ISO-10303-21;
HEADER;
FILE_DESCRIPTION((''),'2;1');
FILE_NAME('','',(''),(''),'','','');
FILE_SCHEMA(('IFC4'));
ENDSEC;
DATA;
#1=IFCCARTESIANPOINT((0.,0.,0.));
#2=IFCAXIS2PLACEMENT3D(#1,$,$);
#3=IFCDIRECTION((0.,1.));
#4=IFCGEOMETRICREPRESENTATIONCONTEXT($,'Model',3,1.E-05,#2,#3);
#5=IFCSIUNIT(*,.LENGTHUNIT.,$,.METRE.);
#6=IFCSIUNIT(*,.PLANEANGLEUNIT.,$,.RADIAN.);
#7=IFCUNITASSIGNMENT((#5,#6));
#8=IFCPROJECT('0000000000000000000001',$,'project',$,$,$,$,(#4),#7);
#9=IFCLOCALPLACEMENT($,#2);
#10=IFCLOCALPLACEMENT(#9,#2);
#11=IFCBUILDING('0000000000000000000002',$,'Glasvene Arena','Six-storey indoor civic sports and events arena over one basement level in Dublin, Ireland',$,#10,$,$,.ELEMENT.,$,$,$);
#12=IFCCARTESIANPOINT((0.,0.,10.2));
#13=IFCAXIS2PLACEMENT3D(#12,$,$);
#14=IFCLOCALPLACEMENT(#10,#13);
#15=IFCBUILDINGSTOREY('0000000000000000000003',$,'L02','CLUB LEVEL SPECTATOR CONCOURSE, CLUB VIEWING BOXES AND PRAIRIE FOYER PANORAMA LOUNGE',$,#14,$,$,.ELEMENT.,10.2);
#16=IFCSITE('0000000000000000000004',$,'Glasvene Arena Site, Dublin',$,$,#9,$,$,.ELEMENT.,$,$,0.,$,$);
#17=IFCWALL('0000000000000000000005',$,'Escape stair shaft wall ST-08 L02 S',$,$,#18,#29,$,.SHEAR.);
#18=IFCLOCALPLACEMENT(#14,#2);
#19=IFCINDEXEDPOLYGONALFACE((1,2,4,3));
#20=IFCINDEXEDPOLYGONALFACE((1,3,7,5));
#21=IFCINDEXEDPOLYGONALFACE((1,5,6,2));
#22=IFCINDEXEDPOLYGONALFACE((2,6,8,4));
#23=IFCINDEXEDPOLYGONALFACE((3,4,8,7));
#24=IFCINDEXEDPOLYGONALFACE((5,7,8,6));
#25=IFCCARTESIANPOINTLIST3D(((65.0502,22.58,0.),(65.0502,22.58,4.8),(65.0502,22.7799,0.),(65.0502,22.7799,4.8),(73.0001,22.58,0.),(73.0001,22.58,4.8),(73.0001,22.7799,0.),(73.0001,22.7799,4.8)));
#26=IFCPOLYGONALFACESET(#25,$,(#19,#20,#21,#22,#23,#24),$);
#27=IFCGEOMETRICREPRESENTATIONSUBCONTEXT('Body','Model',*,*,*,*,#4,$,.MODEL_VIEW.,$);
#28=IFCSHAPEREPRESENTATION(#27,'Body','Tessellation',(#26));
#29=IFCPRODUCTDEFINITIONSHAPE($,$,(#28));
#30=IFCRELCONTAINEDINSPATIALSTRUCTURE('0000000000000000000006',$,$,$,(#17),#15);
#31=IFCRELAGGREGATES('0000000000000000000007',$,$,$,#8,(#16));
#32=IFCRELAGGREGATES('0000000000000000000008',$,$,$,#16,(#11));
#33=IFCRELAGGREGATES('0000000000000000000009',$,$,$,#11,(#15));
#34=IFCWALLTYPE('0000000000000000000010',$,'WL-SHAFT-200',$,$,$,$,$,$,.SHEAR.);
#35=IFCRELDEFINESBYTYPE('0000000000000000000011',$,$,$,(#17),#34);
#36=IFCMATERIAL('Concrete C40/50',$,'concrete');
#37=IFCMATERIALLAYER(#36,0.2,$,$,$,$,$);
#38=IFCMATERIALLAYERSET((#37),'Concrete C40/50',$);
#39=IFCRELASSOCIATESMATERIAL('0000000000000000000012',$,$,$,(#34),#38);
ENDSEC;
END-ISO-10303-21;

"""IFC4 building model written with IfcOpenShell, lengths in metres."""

from ifc_helpers import new_model, si_unit, direction, frame, frame_2d, origin, place, context, subcontext, project, spatial, rectangle, extrude, material, layer, layer_set, type_object, element, save


model = new_model("IFC4")

# Units and contexts
model_context = context("Model", 3, precision=1e-05, world=origin(), true_north=direction((0.0, 1.0)))
body_context = subcontext(model_context, "Body", "Model", "MODEL_VIEW")
ifc_project = project(units=[si_unit("LENGTHUNIT", "METRE"), si_unit("PLANEANGLEUNIT", "RADIAN")], contexts=[model_context])

# Site, building, storey
site_placement = place(None, origin())
site = spatial("IfcSite", under=ifc_project, at=site_placement, Name="Glasvene Arena Site, Dublin", CompositionType="ELEMENT", RefElevation=0.0)
building_placement = place(site_placement, origin())
building = spatial("IfcBuilding", under=site, at=building_placement, Name="Glasvene Arena", Description="Six-storey indoor civic sports and events arena over one basement level in Dublin, Ireland", CompositionType="ELEMENT")
storey_placement = place(building_placement, frame((0.0, 0.0, 10.2)))
storey = spatial("IfcBuildingStorey", under=building, at=storey_placement, Name="L02", Description="CLUB LEVEL SPECTATOR CONCOURSE, CLUB VIEWING BOXES AND PRAIRIE FOYER PANORAMA LOUNGE", CompositionType="ELEMENT", Elevation=10.2)

# Wall
ifc_material_1 = material(Name="Concrete C40/50", Category="concrete")
ifc_layer_1 = layer(ifc_material_1, 0.2)
ifc_layer_set_1 = layer_set([ifc_layer_1], Name="Concrete C40/50")
wall_type_1 = type_object("IfcWallType", Name="WL-SHAFT-200", PredefinedType="SHEAR", material=ifc_layer_set_1)
wall_1_placement = place(storey_placement, frame((65.05, 22.6799, 0.0), z_axis=(0.0, 0.0, 1.0), x_axis=(1.0, 0.0, 0.0)))
element("IfcWall", 1, at=wall_1_placement, inside=storey, type_object=wall_type_1, Name="Escape stair shaft wall ST-08 L02 S", PredefinedType="SHEAR", context=body_context, shape_type="SweptSolid", body=[
    extrude(rectangle(XDim=7.95, YDim=0.2, at=frame_2d((3.9751, 0.0))), origin(), (0.0, 0.0, 1.0), 4.8),
])

save(model, "model.ifc")
